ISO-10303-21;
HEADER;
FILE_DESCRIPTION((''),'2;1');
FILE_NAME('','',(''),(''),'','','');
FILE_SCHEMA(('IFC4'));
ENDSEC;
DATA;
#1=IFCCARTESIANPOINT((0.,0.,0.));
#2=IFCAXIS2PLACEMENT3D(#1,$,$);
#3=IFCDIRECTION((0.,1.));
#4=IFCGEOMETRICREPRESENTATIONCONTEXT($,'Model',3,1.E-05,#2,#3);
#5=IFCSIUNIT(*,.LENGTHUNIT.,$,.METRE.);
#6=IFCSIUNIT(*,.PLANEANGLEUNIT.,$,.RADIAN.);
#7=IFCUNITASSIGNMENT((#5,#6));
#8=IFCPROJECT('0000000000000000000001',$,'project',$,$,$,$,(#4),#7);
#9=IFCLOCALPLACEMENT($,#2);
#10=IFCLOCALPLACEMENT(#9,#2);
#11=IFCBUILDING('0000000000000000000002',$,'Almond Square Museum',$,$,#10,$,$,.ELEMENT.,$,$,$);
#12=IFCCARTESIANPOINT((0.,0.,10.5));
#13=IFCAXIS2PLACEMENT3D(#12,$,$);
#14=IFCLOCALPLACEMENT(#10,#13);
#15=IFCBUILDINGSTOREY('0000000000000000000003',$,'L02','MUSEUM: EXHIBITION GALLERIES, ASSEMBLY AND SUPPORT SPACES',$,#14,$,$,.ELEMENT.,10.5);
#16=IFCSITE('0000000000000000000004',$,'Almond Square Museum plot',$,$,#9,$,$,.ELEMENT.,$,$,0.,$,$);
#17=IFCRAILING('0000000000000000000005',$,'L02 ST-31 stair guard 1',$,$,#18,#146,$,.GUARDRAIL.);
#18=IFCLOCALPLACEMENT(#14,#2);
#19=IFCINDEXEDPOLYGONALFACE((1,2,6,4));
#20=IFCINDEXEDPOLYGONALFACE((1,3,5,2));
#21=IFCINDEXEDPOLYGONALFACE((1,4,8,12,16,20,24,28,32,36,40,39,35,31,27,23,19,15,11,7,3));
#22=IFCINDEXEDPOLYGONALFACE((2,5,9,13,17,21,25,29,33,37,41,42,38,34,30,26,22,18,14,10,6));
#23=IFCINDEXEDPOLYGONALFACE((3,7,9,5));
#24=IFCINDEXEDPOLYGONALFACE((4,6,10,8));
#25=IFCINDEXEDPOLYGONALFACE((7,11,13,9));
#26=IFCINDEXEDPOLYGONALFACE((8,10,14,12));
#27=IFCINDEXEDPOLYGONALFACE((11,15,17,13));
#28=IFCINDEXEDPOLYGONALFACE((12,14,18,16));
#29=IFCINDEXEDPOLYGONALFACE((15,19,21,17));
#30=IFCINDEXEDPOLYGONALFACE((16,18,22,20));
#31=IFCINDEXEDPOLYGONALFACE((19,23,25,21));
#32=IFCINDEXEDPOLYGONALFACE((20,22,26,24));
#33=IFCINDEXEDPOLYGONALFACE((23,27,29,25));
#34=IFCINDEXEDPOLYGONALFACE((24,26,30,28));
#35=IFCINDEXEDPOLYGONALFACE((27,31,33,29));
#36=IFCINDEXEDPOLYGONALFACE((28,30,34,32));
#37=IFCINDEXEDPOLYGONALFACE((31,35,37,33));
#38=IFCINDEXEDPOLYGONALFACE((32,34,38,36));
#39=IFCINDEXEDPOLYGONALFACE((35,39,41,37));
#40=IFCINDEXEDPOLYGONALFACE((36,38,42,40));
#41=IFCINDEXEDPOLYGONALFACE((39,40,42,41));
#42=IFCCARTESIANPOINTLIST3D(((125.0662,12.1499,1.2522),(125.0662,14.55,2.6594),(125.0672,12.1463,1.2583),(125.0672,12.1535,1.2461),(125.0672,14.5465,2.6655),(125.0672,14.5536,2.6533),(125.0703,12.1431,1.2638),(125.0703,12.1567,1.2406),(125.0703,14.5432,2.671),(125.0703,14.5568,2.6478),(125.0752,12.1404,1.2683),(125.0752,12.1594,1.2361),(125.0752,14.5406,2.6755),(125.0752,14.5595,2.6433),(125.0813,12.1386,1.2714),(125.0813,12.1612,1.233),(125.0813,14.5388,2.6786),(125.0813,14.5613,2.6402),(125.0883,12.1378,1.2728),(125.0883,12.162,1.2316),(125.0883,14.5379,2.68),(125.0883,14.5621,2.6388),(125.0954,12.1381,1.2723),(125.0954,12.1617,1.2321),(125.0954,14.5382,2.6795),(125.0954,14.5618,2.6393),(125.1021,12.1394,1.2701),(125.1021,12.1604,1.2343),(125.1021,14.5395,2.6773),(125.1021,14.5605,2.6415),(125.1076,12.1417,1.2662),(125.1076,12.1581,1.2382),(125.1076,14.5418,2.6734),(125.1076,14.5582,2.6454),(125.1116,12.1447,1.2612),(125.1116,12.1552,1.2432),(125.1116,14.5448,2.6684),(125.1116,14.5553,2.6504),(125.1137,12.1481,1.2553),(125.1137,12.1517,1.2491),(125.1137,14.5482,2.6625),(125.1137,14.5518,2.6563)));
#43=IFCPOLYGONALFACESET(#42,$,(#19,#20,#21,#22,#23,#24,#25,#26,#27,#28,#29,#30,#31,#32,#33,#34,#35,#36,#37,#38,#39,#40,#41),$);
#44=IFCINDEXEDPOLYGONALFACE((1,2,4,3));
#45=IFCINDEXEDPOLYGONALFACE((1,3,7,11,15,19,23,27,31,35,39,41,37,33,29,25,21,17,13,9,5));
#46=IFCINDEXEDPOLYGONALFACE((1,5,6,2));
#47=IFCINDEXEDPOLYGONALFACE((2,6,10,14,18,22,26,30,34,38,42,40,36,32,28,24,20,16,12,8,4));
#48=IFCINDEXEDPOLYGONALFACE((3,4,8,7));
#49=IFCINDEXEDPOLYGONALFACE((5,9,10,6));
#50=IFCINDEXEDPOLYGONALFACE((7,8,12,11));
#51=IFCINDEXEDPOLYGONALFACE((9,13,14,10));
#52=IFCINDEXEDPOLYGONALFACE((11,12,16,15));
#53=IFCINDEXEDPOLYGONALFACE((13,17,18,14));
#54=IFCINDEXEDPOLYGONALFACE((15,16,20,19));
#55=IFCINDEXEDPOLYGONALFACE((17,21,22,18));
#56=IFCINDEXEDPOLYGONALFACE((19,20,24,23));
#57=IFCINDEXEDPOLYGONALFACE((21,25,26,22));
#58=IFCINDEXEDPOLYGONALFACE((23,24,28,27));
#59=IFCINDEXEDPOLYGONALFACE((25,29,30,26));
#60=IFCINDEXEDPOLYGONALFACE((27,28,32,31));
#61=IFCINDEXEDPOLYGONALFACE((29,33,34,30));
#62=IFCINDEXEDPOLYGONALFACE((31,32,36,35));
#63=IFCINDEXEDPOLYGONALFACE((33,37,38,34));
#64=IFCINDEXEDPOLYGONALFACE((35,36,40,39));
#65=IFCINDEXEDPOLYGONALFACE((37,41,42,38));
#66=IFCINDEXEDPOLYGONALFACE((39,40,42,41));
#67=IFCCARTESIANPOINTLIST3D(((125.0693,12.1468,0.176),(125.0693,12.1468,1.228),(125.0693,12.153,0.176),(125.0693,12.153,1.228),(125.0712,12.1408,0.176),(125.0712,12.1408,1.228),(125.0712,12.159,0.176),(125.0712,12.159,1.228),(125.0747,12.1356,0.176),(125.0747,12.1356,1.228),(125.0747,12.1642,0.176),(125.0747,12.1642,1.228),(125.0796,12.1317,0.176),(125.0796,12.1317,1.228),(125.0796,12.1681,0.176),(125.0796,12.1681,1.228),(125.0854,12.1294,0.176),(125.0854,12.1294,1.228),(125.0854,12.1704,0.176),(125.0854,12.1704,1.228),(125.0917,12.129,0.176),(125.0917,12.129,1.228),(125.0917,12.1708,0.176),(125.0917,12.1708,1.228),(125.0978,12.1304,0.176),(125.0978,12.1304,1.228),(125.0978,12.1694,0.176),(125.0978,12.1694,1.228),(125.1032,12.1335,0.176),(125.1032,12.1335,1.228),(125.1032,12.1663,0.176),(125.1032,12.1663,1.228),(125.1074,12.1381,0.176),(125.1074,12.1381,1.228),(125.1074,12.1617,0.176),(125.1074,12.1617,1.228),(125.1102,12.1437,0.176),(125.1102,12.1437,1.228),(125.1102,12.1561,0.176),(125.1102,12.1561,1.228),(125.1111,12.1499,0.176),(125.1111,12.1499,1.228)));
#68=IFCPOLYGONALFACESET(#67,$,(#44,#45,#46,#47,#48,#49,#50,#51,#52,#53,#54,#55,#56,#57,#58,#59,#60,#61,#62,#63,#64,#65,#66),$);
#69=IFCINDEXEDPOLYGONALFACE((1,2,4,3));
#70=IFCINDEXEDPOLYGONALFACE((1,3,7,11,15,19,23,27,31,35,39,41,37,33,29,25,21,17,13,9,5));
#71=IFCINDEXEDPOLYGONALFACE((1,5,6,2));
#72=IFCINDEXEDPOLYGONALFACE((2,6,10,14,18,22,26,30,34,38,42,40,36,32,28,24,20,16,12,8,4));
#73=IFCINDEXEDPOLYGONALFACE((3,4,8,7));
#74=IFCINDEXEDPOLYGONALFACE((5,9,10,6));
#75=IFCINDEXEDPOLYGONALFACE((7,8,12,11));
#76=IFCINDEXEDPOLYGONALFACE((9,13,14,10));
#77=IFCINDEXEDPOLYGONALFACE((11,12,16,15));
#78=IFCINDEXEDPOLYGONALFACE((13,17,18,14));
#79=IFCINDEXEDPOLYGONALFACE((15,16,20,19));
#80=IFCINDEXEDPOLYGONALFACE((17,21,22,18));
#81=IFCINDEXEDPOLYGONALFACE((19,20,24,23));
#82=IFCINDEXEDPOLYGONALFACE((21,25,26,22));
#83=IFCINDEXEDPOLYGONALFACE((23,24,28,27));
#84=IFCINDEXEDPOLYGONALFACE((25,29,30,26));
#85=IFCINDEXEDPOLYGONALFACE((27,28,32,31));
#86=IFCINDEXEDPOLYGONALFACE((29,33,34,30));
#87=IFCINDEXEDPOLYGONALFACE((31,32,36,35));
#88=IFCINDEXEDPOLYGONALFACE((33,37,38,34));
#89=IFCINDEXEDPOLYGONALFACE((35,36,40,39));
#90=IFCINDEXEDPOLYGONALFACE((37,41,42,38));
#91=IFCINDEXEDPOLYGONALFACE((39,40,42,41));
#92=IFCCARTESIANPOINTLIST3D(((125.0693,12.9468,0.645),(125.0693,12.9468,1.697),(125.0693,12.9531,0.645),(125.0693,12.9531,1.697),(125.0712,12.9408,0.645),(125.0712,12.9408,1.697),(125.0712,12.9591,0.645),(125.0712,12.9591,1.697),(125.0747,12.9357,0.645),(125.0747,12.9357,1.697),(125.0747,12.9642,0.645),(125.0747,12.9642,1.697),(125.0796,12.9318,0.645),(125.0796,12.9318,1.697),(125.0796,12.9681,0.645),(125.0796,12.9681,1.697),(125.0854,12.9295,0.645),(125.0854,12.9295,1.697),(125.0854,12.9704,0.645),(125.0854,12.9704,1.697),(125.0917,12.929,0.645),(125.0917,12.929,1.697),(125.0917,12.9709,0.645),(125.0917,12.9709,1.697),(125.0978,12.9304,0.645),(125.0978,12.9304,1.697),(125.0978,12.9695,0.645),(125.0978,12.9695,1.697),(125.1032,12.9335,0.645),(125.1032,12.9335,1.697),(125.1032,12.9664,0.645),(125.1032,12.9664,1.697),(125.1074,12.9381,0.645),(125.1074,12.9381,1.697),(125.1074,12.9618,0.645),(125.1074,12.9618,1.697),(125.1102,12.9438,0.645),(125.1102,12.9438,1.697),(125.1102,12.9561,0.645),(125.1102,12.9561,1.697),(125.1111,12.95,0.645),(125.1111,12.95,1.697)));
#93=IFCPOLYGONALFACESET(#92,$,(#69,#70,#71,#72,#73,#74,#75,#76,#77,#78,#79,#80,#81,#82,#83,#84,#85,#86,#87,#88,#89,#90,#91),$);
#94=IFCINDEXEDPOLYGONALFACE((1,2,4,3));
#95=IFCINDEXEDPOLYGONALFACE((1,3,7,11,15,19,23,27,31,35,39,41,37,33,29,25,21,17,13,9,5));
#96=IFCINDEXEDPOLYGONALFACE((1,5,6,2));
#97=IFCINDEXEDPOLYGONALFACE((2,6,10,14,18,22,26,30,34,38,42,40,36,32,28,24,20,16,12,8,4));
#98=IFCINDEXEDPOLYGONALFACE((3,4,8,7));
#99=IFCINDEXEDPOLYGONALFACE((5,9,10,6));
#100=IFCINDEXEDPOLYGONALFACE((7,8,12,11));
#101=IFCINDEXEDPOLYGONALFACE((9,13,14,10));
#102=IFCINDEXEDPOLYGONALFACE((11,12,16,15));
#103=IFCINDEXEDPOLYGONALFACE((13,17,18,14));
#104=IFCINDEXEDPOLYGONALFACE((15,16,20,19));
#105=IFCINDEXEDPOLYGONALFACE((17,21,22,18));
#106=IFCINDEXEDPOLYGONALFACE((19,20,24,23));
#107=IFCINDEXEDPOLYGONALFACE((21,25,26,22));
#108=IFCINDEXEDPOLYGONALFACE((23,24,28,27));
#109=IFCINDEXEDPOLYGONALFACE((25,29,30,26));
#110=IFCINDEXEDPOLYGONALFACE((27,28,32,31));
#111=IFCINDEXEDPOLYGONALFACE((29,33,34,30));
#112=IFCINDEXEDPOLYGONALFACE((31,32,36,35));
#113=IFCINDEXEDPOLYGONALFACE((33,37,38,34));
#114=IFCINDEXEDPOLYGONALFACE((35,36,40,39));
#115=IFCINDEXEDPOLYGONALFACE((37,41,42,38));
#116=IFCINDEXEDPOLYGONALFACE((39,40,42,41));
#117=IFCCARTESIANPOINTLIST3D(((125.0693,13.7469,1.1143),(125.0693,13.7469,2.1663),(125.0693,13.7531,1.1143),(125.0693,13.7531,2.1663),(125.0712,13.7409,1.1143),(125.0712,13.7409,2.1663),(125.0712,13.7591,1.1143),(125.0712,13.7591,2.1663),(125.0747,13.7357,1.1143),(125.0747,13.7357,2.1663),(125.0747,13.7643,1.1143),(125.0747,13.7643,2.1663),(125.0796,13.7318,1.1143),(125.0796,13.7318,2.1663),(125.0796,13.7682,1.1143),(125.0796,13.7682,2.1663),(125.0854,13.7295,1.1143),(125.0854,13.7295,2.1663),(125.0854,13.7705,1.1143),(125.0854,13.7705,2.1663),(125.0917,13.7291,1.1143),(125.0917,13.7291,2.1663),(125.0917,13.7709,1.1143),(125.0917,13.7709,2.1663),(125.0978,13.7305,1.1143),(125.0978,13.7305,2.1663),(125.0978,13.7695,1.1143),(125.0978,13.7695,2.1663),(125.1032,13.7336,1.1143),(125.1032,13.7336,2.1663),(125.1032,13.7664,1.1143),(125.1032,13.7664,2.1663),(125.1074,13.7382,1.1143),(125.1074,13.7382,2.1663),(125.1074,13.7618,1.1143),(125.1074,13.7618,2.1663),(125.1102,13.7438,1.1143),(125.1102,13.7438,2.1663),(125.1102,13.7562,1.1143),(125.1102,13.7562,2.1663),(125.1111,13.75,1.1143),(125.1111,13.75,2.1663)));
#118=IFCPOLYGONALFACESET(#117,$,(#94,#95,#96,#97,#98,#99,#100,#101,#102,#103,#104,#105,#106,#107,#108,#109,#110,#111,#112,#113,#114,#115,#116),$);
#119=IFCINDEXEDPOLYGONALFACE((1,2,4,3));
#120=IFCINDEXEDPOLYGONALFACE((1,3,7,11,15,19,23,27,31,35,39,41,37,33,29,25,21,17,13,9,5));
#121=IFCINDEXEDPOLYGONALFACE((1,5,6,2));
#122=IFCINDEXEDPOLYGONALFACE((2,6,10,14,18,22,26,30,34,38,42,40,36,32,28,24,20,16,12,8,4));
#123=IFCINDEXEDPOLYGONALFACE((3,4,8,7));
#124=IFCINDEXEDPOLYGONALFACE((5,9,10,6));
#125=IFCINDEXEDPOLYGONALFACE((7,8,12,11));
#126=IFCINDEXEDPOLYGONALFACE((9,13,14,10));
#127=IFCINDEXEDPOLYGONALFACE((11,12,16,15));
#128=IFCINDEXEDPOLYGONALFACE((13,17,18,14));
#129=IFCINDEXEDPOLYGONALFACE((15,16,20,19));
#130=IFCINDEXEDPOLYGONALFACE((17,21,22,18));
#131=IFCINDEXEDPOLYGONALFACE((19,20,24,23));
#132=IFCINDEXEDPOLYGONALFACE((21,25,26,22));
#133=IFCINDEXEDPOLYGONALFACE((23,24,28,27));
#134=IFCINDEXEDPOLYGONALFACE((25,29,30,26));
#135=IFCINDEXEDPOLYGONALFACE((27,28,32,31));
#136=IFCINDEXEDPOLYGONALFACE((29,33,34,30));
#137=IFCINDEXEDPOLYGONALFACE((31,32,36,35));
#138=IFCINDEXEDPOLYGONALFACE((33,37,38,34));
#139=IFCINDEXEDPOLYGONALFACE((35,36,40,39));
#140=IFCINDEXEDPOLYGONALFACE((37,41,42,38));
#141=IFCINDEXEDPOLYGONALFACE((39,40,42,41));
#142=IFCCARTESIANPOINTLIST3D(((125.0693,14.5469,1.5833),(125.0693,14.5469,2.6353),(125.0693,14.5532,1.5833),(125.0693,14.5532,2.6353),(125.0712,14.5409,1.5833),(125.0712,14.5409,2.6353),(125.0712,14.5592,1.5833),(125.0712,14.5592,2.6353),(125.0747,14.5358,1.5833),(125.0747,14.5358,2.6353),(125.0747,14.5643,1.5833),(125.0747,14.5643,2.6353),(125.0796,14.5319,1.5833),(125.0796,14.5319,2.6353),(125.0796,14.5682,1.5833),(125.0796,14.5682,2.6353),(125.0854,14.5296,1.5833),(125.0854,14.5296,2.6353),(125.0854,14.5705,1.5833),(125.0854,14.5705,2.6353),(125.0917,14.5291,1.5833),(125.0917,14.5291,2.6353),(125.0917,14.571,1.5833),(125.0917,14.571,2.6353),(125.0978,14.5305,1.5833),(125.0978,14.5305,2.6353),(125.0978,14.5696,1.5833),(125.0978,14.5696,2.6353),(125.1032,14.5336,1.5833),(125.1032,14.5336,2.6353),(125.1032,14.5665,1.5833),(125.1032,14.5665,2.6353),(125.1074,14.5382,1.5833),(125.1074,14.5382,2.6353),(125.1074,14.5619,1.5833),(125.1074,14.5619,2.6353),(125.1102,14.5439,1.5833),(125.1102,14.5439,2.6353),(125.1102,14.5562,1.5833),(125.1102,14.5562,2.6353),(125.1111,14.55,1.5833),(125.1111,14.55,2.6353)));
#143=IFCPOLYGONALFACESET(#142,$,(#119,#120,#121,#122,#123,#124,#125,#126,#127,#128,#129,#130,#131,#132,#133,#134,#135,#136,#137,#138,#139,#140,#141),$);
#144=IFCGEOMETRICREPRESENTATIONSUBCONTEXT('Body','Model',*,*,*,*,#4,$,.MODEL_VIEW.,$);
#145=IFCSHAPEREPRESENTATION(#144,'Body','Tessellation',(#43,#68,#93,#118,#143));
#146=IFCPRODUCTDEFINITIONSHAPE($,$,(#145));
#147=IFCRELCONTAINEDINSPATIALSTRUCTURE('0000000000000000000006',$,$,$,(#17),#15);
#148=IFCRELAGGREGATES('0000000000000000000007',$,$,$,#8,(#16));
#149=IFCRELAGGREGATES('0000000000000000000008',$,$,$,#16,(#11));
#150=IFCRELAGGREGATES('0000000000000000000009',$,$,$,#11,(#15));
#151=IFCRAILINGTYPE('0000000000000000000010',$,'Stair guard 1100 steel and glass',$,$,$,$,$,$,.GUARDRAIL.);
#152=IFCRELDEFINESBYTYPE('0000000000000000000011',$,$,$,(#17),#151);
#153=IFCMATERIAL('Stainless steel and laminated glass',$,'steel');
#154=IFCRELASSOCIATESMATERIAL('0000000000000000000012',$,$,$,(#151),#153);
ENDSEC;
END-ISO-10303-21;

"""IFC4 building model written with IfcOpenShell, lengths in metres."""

from ifc_helpers import new_model, si_unit, direction, frame, origin, origin_2d, place, context, subcontext, project, spatial, circle, extrude, material, type_object, element, save


model = new_model("IFC4")

# Units and contexts
model_context = context("Model", 3, precision=1e-05, world=origin(), true_north=direction((0.0, 1.0)))
body_context = subcontext(model_context, "Body", "Model", "MODEL_VIEW")
ifc_project = project(units=[si_unit("LENGTHUNIT", "METRE"), si_unit("PLANEANGLEUNIT", "RADIAN")], contexts=[model_context])

# Site, building, storey
site_placement = place(None, origin())
site = spatial("IfcSite", under=ifc_project, at=site_placement, Name="Almond Square Museum plot", CompositionType="ELEMENT", RefElevation=0.0)
building_placement = place(site_placement, origin())
building = spatial("IfcBuilding", under=site, at=building_placement, Name="Almond Square Museum", CompositionType="ELEMENT")
storey_placement = place(building_placement, frame((0.0, 0.0, 10.5)))
storey = spatial("IfcBuildingStorey", under=building, at=storey_placement, Name="L02", Description="MUSEUM: EXHIBITION GALLERIES, ASSEMBLY AND SUPPORT SPACES", CompositionType="ELEMENT", Elevation=10.5)

# Railing
ifc_material_1 = material(Name="Stainless steel and laminated glass", Category="steel")
railing_type = type_object("IfcRailingType", Name="Stair guard 1100 steel and glass", PredefinedType="GUARDRAIL", material=ifc_material_1)
railing_placement = place(storey_placement, frame((125.0901, 12.1499, 0.176)))
element("IfcRailing", 1, at=railing_placement, inside=storey, type_object=railing_type, Name="L02 ST-31 stair guard 1", PredefinedType="GUARDRAIL", context=body_context, shape_type="SweptSolid", body=[
    extrude(circle(Radius=0.0239, at=origin_2d()), frame((0.0, 0.0, 1.0762), z_axis=(0.0, 0.86266, 0.505785), x_axis=(-1.0, 0.0, 0.0)), (0.0, 0.0, 1.0), 2.7822),
    extrude(circle(Radius=0.021, at=origin_2d()), origin(), (0.0, 0.0, 1.0), 1.052),
    extrude(circle(Radius=0.021, at=origin_2d()), frame((0.0, 0.8, 0.469)), (0.0, 0.0, 1.0), 1.052),
    extrude(circle(Radius=0.021, at=origin_2d()), frame((0.0, 1.6001, 0.9382)), (0.0, 0.0, 1.0), 1.052),
    extrude(circle(Radius=0.021, at=origin_2d()), frame((0.0, 2.4001, 1.4072)), (0.0, 0.0, 1.0), 1.052),
])

save(model, "model.ifc")
